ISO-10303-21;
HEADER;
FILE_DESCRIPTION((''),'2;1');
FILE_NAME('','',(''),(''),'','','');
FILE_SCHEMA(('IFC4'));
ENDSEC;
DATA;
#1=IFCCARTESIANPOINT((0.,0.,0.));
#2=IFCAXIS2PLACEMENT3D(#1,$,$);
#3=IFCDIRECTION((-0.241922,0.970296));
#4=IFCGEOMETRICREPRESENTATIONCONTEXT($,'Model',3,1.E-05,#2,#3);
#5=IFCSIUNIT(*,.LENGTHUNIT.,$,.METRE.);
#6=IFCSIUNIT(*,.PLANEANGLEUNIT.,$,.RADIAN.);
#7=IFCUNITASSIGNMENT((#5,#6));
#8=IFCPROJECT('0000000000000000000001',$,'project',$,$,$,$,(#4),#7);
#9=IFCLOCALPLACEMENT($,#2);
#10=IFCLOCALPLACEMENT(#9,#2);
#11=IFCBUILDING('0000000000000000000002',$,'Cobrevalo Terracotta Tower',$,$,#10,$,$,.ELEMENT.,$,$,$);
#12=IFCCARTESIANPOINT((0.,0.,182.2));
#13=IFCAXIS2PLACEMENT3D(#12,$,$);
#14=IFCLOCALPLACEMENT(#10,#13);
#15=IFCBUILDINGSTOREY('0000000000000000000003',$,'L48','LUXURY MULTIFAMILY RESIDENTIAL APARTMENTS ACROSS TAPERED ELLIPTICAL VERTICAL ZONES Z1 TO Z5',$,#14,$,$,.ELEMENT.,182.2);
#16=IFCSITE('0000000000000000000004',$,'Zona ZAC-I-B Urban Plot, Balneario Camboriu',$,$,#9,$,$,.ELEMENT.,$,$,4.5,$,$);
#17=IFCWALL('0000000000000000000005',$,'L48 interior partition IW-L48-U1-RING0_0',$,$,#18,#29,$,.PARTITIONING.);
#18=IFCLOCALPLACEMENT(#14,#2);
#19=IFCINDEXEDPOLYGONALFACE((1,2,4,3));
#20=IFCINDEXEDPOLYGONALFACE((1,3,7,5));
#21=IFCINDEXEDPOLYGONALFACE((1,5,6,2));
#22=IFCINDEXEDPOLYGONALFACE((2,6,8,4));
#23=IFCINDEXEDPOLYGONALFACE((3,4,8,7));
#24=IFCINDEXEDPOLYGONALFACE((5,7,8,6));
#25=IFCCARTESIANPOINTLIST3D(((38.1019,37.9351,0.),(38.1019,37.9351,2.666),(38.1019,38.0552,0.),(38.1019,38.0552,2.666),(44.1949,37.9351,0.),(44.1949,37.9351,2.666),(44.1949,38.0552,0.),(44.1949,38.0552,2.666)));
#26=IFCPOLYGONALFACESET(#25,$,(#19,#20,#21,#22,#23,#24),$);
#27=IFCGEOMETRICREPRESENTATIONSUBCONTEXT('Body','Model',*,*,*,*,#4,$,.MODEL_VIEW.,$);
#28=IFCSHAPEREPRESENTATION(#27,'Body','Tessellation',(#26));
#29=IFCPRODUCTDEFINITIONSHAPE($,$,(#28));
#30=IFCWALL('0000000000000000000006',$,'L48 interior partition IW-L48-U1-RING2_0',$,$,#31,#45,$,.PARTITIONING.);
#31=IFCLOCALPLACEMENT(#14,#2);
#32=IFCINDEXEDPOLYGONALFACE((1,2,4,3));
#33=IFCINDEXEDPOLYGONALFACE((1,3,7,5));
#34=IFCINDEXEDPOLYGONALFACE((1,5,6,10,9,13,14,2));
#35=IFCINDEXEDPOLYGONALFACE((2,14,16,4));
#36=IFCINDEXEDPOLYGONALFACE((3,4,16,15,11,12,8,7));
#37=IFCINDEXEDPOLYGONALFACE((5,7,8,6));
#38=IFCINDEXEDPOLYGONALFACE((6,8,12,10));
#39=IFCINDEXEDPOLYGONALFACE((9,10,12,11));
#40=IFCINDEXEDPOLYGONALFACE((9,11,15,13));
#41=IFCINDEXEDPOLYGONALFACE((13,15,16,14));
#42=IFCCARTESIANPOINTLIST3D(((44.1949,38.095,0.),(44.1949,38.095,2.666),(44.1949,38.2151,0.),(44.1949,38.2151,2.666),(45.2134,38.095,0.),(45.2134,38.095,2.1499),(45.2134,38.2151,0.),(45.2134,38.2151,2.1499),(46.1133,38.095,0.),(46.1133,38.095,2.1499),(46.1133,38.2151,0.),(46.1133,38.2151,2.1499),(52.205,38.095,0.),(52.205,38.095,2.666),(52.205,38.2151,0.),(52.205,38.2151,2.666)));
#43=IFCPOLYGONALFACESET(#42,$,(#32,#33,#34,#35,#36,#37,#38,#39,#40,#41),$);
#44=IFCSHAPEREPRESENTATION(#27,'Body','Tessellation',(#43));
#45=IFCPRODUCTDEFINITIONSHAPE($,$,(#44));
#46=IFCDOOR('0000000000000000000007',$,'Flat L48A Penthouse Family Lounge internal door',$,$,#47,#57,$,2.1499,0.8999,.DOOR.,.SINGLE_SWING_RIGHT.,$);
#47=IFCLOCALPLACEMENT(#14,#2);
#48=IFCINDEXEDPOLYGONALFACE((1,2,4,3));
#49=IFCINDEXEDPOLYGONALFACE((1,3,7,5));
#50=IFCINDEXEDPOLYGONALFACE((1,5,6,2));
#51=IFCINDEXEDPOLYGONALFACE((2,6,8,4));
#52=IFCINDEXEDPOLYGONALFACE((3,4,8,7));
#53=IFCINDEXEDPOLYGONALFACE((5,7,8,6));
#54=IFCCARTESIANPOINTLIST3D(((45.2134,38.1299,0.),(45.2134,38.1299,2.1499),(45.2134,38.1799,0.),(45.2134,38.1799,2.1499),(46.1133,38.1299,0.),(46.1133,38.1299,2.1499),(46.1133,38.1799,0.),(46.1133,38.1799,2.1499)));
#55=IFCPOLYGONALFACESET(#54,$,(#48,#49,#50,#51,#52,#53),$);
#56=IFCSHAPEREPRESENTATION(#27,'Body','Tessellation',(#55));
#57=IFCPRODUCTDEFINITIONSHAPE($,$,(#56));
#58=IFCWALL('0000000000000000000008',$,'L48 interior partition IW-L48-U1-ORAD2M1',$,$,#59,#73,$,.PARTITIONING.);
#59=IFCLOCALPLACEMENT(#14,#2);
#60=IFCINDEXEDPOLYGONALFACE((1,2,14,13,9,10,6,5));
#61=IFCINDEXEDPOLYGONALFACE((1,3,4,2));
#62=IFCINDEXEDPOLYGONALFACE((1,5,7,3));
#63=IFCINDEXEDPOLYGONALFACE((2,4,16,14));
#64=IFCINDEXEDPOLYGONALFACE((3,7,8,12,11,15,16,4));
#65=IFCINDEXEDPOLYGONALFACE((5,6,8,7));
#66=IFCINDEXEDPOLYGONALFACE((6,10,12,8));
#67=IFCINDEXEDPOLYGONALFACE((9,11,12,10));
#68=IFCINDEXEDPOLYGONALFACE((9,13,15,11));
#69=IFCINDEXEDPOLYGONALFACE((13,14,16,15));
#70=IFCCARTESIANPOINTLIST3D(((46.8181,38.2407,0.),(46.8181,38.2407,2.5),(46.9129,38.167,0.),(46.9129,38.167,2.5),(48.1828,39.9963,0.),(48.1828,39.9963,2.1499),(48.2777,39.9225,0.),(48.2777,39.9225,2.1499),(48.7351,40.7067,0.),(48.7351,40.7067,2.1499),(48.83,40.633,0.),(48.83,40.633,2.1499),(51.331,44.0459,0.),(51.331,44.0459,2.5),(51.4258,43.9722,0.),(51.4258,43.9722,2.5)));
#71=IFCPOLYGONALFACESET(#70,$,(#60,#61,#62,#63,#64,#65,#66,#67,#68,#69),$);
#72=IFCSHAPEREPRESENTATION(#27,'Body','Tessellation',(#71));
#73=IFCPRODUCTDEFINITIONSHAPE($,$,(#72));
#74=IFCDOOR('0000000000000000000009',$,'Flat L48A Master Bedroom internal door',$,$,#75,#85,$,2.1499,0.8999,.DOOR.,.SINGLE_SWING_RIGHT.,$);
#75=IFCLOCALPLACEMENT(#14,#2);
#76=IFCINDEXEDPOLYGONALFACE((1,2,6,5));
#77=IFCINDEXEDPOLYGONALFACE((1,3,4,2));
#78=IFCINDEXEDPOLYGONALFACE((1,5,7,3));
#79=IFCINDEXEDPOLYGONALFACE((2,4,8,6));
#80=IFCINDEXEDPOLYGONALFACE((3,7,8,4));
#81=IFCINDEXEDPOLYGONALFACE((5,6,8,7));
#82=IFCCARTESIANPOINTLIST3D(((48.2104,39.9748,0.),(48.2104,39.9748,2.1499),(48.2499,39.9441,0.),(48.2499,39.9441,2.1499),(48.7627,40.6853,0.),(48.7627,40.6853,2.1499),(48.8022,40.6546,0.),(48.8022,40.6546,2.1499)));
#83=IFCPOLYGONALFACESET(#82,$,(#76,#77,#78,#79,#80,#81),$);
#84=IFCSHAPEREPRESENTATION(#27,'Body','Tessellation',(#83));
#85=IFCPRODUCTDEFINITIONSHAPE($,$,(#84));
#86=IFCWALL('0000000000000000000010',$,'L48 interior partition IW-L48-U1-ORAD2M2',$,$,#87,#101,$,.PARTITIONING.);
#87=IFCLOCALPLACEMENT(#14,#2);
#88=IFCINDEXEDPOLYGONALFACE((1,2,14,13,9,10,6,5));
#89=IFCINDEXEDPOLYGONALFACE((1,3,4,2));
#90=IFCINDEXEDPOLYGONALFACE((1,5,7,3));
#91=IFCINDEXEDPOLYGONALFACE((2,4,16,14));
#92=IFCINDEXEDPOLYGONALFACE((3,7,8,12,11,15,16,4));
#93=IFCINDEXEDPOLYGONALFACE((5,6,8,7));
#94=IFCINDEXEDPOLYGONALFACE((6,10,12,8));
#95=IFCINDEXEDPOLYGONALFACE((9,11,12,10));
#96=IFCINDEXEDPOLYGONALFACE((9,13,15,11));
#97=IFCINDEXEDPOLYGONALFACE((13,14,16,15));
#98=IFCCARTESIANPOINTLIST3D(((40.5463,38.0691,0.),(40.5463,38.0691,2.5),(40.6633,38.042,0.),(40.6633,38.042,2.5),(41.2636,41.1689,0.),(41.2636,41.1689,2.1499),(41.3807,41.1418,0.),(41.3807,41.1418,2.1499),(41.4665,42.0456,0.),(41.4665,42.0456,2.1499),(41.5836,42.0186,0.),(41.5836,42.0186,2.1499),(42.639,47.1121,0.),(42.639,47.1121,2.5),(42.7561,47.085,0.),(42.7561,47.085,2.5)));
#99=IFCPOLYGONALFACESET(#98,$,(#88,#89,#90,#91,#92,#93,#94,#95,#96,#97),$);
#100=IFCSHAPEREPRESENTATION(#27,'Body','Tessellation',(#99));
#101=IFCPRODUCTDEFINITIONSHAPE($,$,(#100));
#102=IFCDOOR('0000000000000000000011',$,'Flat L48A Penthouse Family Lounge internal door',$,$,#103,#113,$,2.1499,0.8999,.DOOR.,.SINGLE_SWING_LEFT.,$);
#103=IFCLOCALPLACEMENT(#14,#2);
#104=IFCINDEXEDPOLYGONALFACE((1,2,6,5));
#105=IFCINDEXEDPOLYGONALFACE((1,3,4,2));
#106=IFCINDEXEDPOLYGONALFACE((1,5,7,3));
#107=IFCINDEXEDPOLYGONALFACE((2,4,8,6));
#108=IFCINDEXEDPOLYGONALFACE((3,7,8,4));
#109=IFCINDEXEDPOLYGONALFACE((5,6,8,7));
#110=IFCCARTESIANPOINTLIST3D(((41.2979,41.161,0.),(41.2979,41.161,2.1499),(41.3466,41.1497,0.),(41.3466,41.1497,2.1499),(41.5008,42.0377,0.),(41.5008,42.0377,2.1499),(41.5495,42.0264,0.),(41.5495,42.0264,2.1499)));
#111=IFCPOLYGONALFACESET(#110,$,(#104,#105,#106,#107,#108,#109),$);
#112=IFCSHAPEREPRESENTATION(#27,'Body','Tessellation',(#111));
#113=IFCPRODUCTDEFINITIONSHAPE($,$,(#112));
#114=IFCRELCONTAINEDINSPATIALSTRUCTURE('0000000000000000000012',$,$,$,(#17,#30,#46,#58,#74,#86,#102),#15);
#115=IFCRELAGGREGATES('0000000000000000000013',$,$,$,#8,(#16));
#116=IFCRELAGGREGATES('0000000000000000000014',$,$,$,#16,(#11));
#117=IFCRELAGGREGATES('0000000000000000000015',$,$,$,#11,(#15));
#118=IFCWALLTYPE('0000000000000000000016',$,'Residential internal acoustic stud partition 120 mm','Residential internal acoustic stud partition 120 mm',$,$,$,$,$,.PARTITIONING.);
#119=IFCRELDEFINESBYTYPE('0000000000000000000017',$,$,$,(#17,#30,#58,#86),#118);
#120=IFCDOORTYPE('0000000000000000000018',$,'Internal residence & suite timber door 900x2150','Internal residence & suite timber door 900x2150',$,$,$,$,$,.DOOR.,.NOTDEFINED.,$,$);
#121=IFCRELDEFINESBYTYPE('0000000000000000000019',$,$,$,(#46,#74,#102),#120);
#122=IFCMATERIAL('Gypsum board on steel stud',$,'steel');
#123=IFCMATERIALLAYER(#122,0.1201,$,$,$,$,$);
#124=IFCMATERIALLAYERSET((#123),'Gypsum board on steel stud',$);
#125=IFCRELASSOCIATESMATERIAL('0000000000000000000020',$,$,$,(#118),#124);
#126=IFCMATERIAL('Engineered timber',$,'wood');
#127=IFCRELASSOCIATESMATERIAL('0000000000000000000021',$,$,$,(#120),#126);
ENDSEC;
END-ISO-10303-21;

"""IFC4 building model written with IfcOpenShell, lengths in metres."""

from ifc_helpers import new_model, si_unit, direction, frame, frame_2d, origin, place, context, subcontext, project, spatial, rectangle, extrude, source, transform, mapped, material, layer, layer_set, type_object, element, fill, save


model = new_model("IFC4")

# Units and contexts
model_context = context("Model", 3, precision=1e-05, world=origin(), true_north=direction((-0.241922, 0.970296)))
body_context = subcontext(model_context, "Body", "Model", "MODEL_VIEW")
ifc_project = project(units=[si_unit("LENGTHUNIT", "METRE"), si_unit("PLANEANGLEUNIT", "RADIAN")], contexts=[model_context])

# Site, building, storey
site_placement = place(None, origin())
site = spatial("IfcSite", under=ifc_project, at=site_placement, Name="Zona ZAC-I-B Urban Plot, Balneario Camboriu", CompositionType="ELEMENT", RefElevation=4.5)
building_placement = place(site_placement, origin())
building = spatial("IfcBuilding", under=site, at=building_placement, Name="Cobrevalo Terracotta Tower", CompositionType="ELEMENT")
storey_placement = place(building_placement, frame((0.0, 0.0, 182.2)))
storey = spatial("IfcBuildingStorey", under=building, at=storey_placement, Name="L48", Description="LUXURY MULTIFAMILY RESIDENTIAL APARTMENTS ACROSS TAPERED ELLIPTICAL VERTICAL ZONES Z1 TO Z5", CompositionType="ELEMENT", Elevation=182.2)

# Shared definitions
ifc_material_1 = material(Name="Gypsum board on steel stud", Category="steel")

# Wall
ifc_layer_1 = layer(ifc_material_1, 0.1201)
ifc_layer_set_1 = layer_set([ifc_layer_1], Name="Gypsum board on steel stud")
wall_type_1 = type_object("IfcWallType", Name="Residential internal acoustic stud partition 120 mm", Description="Residential internal acoustic stud partition 120 mm", PredefinedType="PARTITIONING", material=ifc_layer_set_1)
wall_1_placement = place(storey_placement, frame((38.1021, 37.9951, 0.0), z_axis=(0.0, 0.0, 1.0), x_axis=(1.0, 0.0, 0.0)))
element("IfcWall", 1, at=wall_1_placement, inside=storey, type_object=wall_type_1, Name="L48 interior partition IW-L48-U1-RING0_0", PredefinedType="PARTITIONING", context=body_context, shape_type="SweptSolid", body=[
    extrude(rectangle(XDim=6.093, YDim=0.1201, at=frame_2d((3.0464, 0.0))), origin(), (0.0, 0.0, 1.0), 2.666),
])

# Walls, openings, doors
wall_2_placement = place(storey_placement, frame((44.1951, 38.155, 0.0), z_axis=(0.0, 0.0, 1.0), x_axis=(1.0, 0.0, 0.0)))
wall_2 = element("IfcWall", 2, at=wall_2_placement, inside=storey, type_object=wall_type_1, Name="L48 interior partition IW-L48-U1-RING2_0", PredefinedType="PARTITIONING", context=body_context, shape_type="SweptSolid", body=[
    extrude(rectangle(XDim=8.01, YDim=0.1201, at=frame_2d((4.0049, 0.0))), origin(), (0.0, 0.0, 1.0), 2.666),
])
opening_1_placement = place(wall_2_placement, frame((1.0183, 0.0, 0.0)))
opening_1 = element("IfcOpeningElement", 3, at=opening_1_placement, cuts=wall_2, PredefinedType="OPENING", context=body_context, shape_type="SweptSolid", body=[
    extrude(rectangle(XDim=0.8999, YDim=2.1499, at=frame_2d((0.45, 1.075))), frame((0.0, 0.0701, 0.0), z_axis=(0.0, -1.0, 0.0), x_axis=(1.0, 0.0, 0.0)), (0.0, 0.0, 1.0), 0.1401),
])
ifc_material_2 = material(Name="Engineered timber", Category="wood")
door_type_1 = type_object("IfcDoorType", Name="Internal residence & suite timber door 900x2150", Description="Internal residence & suite timber door 900x2150", OperationType="NOTDEFINED", PredefinedType="DOOR", material=ifc_material_2)
shared_shape_1 = source(origin(), body_context, "Body", "SweptSolid", [
    extrude(rectangle(XDim=0.8999, YDim=2.1499, at=frame_2d((0.45, 1.075))), frame((0.0, 0.0249, 0.0), z_axis=(0.0, -1.0, 0.0), x_axis=(1.0, 0.0, 0.0)), (0.0, 0.0, 1.0), 0.05),
])
door_1_placement = place(opening_1_placement, origin())
door_1 = element("IfcDoor", 4, at=door_1_placement, inside=storey, type_object=door_type_1, Name="Flat L48A Penthouse Family Lounge internal door", OperationType="SINGLE_SWING_RIGHT", OverallHeight=2.1499, OverallWidth=0.8999, PredefinedType="DOOR", context=body_context, shape_type="MappedRepresentation", body=[
    mapped(shared_shape_1, transform((0.0, 0.0, 0.0), scale=1.0)),
])
fill(opening_1, door_1)
wall_3_placement = place(storey_placement, frame((46.8655, 38.2039, 0.0), z_axis=(0.0, 0.0, 1.0), x_axis=(0.613754, 0.789497, 0.0)))
wall_3 = element("IfcWall", 5, at=wall_3_placement, inside=storey, type_object=wall_type_1, Name="L48 interior partition IW-L48-U1-ORAD2M1", PredefinedType="PARTITIONING", context=body_context, shape_type="SweptSolid", body=[
    extrude(rectangle(XDim=7.353, YDim=0.1201, at=frame_2d((3.6765, 0.0))), origin(), (0.0, 0.0, 1.0), 2.5),
])
opening_2_placement = place(wall_3_placement, frame((2.2236, 0.0, 0.0)))
opening_2 = element("IfcOpeningElement", 6, at=opening_2_placement, cuts=wall_3, PredefinedType="OPENING", context=body_context, shape_type="SweptSolid", body=[
    extrude(rectangle(XDim=0.8999, YDim=2.1499, at=frame_2d((0.45, 1.075))), frame((0.0, 0.0701, 0.0), z_axis=(0.0, -1.0, 0.0), x_axis=(1.0, 0.0, 0.0)), (0.0, 0.0, 1.0), 0.1401),
])
door_2_placement = place(opening_2_placement, frame((0.8999, 0.0, 0.0), z_axis=(0.0, 0.0, 1.0), x_axis=(-1.0, 0.0, 0.0)))
door_2 = element("IfcDoor", 7, at=door_2_placement, inside=storey, type_object=door_type_1, Name="Flat L48A Master Bedroom internal door", OperationType="SINGLE_SWING_RIGHT", OverallHeight=2.1499, OverallWidth=0.8999, PredefinedType="DOOR", context=body_context, shape_type="MappedRepresentation", body=[
    mapped(shared_shape_1, transform((0.0, 0.0, 0.0), scale=1.0)),
])
fill(opening_2, door_2)
wall_4_placement = place(storey_placement, frame((40.6047, 38.0554, 0.0), z_axis=(0.0, 0.0, 1.0), x_axis=(0.225466, 0.974251, 0.0)))
wall_4 = element("IfcWall", 8, at=wall_4_placement, inside=storey, type_object=wall_type_1, Name="L48 interior partition IW-L48-U1-ORAD2M2", PredefinedType="PARTITIONING", context=body_context, shape_type="SweptSolid", body=[
    extrude(rectangle(XDim=9.282, YDim=0.1201, at=frame_2d((4.6411, 0.0))), origin(), (0.0, 0.0, 1.0), 2.5),
])
opening_3_placement = place(wall_4_placement, frame((3.1819, 0.0, 0.0)))
opening_3 = element("IfcOpeningElement", 9, at=opening_3_placement, cuts=wall_4, PredefinedType="OPENING", context=body_context, shape_type="SweptSolid", body=[
    extrude(rectangle(XDim=0.8999, YDim=2.1499, at=frame_2d((0.45, 1.075))), frame((0.0, 0.0701, 0.0), z_axis=(0.0, -1.0, 0.0), x_axis=(1.0, 0.0, 0.0)), (0.0, 0.0, 1.0), 0.1401),
])
door_3_placement = place(opening_3_placement, origin())
door_3 = element("IfcDoor", 10, at=door_3_placement, inside=storey, type_object=door_type_1, Name="Flat L48A Penthouse Family Lounge internal door", OperationType="SINGLE_SWING_LEFT", OverallHeight=2.1499, OverallWidth=0.8999, PredefinedType="DOOR", context=body_context, shape_type="MappedRepresentation", body=[
    mapped(shared_shape_1, transform((0.0, 0.0, 0.0), scale=1.0)),
])
fill(opening_3, door_3)

save(model, "model.ifc")
